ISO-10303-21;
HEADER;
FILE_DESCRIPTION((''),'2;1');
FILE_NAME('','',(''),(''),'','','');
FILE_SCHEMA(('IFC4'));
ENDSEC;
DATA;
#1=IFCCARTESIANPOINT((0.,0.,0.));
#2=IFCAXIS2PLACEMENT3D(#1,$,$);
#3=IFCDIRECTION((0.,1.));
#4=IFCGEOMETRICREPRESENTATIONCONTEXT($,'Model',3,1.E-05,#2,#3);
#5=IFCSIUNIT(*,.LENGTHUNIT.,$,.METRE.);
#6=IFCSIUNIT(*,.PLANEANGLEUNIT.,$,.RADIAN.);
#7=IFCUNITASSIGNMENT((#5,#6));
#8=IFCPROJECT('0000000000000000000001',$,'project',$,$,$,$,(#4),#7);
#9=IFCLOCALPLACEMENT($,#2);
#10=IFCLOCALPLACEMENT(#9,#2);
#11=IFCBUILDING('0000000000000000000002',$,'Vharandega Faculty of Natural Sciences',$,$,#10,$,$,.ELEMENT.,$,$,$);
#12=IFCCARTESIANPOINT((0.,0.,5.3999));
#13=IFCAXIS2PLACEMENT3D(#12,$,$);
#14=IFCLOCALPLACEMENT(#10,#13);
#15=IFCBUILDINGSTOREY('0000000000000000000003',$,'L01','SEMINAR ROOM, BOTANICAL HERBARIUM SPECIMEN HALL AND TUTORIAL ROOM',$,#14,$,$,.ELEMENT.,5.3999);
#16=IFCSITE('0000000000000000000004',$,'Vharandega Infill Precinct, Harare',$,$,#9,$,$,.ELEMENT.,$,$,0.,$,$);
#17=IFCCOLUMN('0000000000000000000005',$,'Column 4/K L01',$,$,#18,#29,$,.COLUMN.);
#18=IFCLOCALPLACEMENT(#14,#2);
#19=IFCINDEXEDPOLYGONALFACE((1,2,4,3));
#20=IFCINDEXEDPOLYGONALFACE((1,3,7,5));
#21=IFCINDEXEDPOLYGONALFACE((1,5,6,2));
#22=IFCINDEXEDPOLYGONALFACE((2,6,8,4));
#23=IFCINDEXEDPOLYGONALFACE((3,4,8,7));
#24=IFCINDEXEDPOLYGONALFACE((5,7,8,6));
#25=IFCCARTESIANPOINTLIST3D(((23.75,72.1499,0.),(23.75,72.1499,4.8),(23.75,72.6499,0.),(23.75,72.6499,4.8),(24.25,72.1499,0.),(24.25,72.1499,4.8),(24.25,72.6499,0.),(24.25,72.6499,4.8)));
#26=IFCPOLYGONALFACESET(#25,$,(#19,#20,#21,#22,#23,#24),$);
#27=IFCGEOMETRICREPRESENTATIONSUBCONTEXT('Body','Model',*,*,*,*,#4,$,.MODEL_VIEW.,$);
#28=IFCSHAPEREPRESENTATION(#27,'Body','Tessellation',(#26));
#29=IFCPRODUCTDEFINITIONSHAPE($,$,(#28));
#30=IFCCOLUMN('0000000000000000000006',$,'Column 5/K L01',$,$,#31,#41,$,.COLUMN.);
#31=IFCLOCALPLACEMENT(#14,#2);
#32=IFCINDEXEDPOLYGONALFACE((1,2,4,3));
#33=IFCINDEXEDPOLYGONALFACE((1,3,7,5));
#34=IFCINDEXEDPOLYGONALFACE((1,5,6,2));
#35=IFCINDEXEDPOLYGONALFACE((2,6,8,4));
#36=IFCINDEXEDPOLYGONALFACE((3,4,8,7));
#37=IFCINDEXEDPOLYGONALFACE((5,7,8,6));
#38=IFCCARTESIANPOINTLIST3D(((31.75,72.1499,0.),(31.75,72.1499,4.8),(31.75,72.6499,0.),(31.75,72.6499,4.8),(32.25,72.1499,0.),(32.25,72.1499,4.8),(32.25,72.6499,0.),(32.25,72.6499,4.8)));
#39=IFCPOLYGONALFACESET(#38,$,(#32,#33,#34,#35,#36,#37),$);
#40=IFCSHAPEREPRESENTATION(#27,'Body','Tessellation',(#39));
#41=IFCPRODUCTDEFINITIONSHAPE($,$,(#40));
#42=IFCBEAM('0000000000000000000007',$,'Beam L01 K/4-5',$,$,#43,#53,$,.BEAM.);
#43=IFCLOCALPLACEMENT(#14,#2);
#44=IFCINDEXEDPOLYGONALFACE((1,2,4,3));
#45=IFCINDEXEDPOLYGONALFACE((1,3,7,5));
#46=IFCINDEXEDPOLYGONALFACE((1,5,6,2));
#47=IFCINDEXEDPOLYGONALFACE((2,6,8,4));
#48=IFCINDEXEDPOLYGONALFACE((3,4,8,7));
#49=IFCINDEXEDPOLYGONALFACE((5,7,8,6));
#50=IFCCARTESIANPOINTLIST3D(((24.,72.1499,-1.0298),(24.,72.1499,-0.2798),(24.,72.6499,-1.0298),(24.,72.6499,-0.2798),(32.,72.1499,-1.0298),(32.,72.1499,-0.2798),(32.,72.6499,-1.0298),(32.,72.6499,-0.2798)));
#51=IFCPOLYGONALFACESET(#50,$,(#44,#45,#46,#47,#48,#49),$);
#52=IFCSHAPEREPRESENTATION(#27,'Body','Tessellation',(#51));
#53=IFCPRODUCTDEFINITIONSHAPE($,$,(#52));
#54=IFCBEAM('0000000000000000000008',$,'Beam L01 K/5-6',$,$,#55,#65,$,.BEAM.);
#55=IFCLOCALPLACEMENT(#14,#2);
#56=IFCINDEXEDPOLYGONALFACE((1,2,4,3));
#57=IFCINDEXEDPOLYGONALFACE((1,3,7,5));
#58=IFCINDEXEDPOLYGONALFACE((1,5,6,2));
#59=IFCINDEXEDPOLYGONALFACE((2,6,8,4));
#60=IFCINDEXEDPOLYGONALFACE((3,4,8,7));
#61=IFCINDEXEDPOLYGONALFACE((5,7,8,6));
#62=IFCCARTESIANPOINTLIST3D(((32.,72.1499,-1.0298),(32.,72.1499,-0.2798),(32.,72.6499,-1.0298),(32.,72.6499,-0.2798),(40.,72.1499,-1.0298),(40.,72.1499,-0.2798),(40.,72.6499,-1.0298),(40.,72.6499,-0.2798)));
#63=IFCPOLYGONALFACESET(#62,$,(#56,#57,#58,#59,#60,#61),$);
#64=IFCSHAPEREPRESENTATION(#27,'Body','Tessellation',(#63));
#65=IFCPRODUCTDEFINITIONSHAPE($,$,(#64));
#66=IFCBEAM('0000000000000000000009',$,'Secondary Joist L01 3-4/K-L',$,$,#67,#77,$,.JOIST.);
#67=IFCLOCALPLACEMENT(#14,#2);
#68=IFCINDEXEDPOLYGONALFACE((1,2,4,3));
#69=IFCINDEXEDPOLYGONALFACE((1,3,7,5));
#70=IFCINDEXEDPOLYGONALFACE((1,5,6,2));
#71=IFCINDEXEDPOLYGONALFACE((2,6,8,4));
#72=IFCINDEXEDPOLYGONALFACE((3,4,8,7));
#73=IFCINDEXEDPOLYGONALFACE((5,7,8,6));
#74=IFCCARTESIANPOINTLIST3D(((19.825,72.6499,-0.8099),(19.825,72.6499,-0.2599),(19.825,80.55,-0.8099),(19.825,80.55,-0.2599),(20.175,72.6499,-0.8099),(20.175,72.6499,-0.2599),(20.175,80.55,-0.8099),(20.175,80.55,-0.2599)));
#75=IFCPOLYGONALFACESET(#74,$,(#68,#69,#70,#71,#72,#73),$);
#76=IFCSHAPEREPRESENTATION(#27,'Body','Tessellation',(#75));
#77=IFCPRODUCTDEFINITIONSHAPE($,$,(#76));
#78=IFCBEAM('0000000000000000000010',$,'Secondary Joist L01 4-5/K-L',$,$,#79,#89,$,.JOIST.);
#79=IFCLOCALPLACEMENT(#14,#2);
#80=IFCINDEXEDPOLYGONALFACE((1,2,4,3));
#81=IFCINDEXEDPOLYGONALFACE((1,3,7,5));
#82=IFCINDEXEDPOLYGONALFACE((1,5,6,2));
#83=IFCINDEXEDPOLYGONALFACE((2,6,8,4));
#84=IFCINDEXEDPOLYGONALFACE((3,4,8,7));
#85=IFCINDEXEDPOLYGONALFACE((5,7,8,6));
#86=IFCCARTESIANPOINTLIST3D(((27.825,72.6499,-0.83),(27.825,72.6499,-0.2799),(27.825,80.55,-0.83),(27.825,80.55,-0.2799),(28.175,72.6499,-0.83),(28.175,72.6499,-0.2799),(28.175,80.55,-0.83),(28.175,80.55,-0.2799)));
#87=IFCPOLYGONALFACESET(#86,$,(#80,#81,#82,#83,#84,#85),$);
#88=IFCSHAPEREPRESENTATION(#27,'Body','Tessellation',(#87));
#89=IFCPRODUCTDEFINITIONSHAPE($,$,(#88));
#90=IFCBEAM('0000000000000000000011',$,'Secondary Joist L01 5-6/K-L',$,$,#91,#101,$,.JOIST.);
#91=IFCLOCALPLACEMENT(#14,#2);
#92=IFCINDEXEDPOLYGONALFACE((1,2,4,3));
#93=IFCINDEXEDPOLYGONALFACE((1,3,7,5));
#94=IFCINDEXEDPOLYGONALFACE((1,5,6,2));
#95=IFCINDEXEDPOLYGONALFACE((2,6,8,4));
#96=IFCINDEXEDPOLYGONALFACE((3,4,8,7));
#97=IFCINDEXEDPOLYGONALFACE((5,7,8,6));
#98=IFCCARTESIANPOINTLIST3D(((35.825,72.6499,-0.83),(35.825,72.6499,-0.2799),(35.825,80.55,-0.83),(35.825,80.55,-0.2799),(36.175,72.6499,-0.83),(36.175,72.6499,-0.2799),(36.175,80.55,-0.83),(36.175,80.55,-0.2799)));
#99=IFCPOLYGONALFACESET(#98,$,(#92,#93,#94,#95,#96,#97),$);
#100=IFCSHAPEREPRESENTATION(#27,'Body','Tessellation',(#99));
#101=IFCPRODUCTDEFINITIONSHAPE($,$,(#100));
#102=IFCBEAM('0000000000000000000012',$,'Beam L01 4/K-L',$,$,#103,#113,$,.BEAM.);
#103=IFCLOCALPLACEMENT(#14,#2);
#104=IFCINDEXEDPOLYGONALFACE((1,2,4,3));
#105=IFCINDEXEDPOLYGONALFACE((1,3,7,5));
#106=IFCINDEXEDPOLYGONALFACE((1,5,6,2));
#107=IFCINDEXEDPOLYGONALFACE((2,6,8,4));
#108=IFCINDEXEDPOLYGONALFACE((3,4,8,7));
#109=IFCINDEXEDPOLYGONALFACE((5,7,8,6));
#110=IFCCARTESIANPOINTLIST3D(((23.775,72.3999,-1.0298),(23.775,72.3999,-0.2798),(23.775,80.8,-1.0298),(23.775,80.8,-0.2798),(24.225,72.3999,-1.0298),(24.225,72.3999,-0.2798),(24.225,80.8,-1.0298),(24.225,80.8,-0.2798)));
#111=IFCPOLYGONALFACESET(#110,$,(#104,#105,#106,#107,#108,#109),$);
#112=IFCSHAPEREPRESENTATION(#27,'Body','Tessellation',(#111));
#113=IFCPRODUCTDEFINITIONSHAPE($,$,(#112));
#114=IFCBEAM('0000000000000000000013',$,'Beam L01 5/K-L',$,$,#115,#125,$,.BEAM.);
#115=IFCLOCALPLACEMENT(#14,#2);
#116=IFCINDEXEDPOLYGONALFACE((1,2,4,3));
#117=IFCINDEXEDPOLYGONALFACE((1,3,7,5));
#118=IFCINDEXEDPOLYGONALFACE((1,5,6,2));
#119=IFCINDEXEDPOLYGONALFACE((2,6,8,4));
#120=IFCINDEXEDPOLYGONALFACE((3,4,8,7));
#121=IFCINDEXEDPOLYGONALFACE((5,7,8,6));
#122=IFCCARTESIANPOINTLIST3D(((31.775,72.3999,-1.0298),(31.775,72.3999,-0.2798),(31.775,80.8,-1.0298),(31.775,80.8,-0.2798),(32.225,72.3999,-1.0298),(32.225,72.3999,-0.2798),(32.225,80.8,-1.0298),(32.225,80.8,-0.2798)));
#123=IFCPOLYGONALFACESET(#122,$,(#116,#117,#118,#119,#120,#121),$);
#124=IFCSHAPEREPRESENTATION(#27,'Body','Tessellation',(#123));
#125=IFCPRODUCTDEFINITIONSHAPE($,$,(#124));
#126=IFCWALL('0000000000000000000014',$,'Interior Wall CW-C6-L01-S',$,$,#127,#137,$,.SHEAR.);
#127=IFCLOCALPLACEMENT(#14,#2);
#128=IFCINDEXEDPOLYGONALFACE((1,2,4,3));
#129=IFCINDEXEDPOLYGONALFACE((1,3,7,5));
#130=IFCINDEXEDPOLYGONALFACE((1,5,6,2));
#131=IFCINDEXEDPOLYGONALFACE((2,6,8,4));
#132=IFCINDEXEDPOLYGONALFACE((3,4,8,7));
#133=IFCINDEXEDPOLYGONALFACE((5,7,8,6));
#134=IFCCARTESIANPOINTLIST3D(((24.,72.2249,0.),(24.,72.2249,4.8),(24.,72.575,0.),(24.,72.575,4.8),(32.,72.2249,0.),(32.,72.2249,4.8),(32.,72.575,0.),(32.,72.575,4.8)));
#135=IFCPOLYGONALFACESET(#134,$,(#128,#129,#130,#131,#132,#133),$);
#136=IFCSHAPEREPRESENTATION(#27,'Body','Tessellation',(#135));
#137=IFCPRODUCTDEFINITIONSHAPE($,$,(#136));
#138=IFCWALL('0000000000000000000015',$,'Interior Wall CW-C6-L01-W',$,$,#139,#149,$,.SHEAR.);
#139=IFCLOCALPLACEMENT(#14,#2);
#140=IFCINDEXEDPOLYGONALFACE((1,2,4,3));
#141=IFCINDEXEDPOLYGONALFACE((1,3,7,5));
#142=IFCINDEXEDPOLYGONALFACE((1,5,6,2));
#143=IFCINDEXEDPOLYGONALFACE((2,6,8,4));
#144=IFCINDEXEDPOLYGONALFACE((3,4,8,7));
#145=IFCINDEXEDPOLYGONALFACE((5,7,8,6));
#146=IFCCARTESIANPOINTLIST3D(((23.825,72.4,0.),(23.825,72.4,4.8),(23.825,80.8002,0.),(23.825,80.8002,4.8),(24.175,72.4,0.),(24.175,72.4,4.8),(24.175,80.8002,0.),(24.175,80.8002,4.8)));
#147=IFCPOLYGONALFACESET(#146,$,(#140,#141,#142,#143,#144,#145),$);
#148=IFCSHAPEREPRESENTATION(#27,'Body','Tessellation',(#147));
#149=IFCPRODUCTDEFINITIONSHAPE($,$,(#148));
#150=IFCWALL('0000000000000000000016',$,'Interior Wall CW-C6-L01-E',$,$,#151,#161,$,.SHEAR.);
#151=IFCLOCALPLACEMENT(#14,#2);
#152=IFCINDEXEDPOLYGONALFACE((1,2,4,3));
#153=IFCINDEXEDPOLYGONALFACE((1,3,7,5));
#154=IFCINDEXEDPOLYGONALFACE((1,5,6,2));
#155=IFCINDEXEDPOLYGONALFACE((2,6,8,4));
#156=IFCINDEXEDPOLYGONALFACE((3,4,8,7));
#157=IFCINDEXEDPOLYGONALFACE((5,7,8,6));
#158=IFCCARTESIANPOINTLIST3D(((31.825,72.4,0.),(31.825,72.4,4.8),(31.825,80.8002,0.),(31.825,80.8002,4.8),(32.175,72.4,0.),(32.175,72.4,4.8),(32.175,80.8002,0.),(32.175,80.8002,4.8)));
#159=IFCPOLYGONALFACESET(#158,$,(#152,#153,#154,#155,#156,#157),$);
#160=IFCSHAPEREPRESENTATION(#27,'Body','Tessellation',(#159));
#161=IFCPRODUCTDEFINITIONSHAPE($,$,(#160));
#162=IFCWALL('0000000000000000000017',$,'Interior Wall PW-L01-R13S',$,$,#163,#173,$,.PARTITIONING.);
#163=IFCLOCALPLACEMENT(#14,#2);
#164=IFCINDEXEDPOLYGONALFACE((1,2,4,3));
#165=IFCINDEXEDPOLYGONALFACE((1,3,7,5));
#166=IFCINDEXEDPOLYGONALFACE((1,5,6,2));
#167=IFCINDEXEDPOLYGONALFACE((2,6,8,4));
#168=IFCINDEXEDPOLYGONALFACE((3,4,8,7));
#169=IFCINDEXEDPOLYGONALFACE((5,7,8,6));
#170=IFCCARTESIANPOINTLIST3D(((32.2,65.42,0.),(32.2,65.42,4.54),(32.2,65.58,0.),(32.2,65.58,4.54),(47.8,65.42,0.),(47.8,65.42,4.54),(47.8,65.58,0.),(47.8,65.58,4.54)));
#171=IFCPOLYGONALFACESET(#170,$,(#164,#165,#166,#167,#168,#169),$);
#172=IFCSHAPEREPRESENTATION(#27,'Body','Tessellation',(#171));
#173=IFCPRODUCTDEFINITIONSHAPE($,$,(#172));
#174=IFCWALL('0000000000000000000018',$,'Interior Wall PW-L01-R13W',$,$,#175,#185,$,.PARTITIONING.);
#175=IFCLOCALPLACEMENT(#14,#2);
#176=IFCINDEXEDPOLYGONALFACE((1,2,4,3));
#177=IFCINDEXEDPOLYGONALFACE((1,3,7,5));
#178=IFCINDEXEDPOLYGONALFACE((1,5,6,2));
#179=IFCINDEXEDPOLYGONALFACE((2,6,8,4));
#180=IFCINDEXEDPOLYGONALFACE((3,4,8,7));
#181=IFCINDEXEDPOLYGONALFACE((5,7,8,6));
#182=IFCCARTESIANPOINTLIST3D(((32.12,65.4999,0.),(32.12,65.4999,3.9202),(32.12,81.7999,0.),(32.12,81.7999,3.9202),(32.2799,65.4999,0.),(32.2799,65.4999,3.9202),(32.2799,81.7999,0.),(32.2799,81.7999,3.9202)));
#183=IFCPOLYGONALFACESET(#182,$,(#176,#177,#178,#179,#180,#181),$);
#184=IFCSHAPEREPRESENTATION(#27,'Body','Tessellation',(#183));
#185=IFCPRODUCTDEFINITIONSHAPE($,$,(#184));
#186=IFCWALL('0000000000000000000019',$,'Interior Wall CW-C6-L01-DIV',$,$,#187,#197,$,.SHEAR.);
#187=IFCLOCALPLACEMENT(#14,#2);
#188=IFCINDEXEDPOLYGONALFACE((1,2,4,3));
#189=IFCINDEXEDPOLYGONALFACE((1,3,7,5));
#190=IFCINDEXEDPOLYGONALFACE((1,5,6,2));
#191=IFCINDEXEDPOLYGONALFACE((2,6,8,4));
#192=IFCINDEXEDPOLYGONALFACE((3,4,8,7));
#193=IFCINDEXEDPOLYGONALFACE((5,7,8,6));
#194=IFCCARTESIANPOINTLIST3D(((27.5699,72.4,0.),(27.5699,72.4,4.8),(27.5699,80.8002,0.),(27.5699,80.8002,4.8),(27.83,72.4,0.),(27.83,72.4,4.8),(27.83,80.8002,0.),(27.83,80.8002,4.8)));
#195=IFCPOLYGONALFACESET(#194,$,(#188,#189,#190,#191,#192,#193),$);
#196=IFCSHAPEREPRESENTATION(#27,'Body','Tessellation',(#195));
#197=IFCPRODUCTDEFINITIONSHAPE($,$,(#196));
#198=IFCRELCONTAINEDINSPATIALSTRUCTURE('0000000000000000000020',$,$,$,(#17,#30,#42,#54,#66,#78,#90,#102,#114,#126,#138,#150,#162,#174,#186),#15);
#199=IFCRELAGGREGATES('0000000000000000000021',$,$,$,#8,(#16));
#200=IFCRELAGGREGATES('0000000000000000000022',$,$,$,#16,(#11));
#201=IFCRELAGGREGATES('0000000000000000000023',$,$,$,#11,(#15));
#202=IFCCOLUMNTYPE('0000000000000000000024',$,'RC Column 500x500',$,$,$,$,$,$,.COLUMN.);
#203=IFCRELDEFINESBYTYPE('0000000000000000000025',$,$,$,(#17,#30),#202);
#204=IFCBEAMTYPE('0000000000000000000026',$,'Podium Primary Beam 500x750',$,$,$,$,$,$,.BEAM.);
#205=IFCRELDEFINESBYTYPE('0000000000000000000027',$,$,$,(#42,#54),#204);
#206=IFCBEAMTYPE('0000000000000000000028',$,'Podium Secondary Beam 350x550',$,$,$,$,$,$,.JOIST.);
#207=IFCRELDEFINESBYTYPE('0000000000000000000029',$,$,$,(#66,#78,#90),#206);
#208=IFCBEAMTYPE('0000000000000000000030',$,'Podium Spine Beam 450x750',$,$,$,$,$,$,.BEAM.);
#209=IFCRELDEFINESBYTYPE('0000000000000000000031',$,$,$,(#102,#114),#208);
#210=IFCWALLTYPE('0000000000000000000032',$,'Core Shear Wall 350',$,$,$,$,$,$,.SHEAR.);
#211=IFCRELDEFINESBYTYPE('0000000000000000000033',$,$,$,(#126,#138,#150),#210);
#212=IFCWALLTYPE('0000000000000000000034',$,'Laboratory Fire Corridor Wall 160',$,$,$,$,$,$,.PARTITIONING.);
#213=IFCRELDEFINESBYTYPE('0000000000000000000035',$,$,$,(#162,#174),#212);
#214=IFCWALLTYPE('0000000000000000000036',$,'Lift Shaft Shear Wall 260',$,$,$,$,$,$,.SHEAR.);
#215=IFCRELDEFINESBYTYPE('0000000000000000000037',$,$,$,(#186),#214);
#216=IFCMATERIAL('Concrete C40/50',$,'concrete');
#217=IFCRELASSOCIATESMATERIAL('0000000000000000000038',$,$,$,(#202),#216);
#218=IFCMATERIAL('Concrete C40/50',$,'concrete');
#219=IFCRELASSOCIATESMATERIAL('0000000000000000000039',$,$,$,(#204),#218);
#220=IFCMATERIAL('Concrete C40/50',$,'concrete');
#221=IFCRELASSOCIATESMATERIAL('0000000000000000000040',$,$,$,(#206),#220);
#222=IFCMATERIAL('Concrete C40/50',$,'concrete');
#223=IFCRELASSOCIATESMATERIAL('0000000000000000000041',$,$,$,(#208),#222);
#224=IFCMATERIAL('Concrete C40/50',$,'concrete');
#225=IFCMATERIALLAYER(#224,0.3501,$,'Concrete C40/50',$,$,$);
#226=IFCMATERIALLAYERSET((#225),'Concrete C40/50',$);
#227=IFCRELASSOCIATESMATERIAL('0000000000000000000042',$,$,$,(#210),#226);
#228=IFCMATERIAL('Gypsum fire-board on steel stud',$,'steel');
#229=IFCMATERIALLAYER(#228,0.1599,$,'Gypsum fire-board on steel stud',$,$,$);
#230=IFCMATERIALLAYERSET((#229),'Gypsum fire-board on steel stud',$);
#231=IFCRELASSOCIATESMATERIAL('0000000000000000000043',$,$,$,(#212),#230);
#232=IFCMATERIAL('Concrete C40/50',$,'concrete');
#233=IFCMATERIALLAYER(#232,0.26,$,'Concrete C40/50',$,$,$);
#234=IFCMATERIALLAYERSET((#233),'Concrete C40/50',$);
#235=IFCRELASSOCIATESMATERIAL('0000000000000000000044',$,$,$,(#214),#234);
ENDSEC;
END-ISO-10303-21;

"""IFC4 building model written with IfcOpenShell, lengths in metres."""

from ifc_helpers import new_model, si_unit, direction, frame, frame_2d, origin, origin_2d, place, context, subcontext, project, spatial, rectangle, extrude, material, layer, layer_set, material_profile, profile_set, type_object, element, save


model = new_model("IFC4")

# Units and contexts
model_context = context("Model", 3, precision=1e-05, world=origin(), true_north=direction((0.0, 1.0)))
body_context = subcontext(model_context, "Body", "Model", "MODEL_VIEW")
ifc_project = project(units=[si_unit("LENGTHUNIT", "METRE"), si_unit("PLANEANGLEUNIT", "RADIAN")], contexts=[model_context])

# Site, building, storey
site_placement = place(None, origin())
site = spatial("IfcSite", under=ifc_project, at=site_placement, Name="Vharandega Infill Precinct, Harare", CompositionType="ELEMENT", RefElevation=0.0)
building_placement = place(site_placement, origin())
building = spatial("IfcBuilding", under=site, at=building_placement, Name="Vharandega Faculty of Natural Sciences", CompositionType="ELEMENT")
storey_placement = place(building_placement, frame((0.0, 0.0, 5.3999)))
storey = spatial("IfcBuildingStorey", under=building, at=storey_placement, Name="L01", Description="SEMINAR ROOM, BOTANICAL HERBARIUM SPECIMEN HALL AND TUTORIAL ROOM", CompositionType="ELEMENT", Elevation=5.3999)

# Columns
ifc_material_1 = material(Name="Concrete C40/50", Category="concrete")
ifc_material_profile_1 = material_profile(ifc_material_1, rectangle(XDim=0.5, YDim=0.5, at=origin_2d()), Name="RC 500x500")
ifc_profile_set_1 = profile_set([ifc_material_profile_1], Name="Concrete C40/50")
column_type = type_object("IfcColumnType", Name="RC Column 500x500", PredefinedType="COLUMN", material=ifc_profile_set_1)
for number, where, z_axis, x_axis, name in (
    (1, (24.0, 72.3999, 0.0), (0.0, 0.0, 1.0), (1.0, 0.0, 0.0), "Column 4/K L01"),
    (2, (32.0, 72.3999, 0.0), (0.0, 0.0, 1.0), (1.0, 0.0, 0.0), "Column 5/K L01"),
):
    element("IfcColumn", number, at=place(storey_placement, frame(where, z_axis=z_axis, x_axis=x_axis)), inside=storey, type_object=column_type, Name=name, PredefinedType="COLUMN", context=body_context, shape_type="SweptSolid", body=[
        extrude(rectangle(XDim=0.5, YDim=0.5, at=origin_2d()), origin(), (0.0, 0.0, 1.0), 4.8),
    ])

# Beams
ifc_material_2 = material(Name="Concrete C40/50", Category="concrete")
ifc_material_profile_2 = material_profile(ifc_material_2, rectangle(XDim=0.5, YDim=0.75, at=origin_2d()), Name="RC 500x750")
ifc_profile_set_2 = profile_set([ifc_material_profile_2], Name="Concrete C40/50")
beam_type_1 = type_object("IfcBeamType", Name="Podium Primary Beam 500x750", PredefinedType="BEAM", material=ifc_profile_set_2)
for number, where, z_axis, x_axis, name in (
    (3, (24.0, 72.3999, -0.6548), (1.0, 0.0, 0.0), (0.0, 1.0, 0.0), "Beam L01 K/4-5"),
    (4, (32.0, 72.3999, -0.6548), (1.0, 0.0, 0.0), (0.0, 1.0, 0.0), "Beam L01 K/5-6"),
):
    element("IfcBeam", number, at=place(storey_placement, frame(where, z_axis=z_axis, x_axis=x_axis)), inside=storey, type_object=beam_type_1, Name=name, PredefinedType="BEAM", context=body_context, shape_type="SweptSolid", body=[
        extrude(rectangle(XDim=0.5, YDim=0.75, at=origin_2d()), origin(), (0.0, 0.0, 1.0), 8.0),
    ])
ifc_material_3 = material(Name="Concrete C40/50", Category="concrete")
ifc_material_profile_3 = material_profile(ifc_material_3, rectangle(XDim=0.3501, YDim=0.55, at=origin_2d()), Name="RC 350x550")
ifc_profile_set_3 = profile_set([ifc_material_profile_3], Name="Concrete C40/50")
beam_type_2 = type_object("IfcBeamType", Name="Podium Secondary Beam 350x550", PredefinedType="JOIST", material=ifc_profile_set_3)
for number, where, z_axis, x_axis, name in (
    (5, (20.0, 72.6499, -0.5349), (0.0, 1.0, 0.0), (-1.0, 0.0, 0.0), "Secondary Joist L01 3-4/K-L"),
    (6, (28.0, 72.6499, -0.5549), (0.0, 1.0, 0.0), (-1.0, 0.0, 0.0), "Secondary Joist L01 4-5/K-L"),
    (7, (36.0, 72.6499, -0.5549), (0.0, 1.0, 0.0), (-1.0, 0.0, 0.0), "Secondary Joist L01 5-6/K-L"),
):
    element("IfcBeam", number, at=place(storey_placement, frame(where, z_axis=z_axis, x_axis=x_axis)), inside=storey, type_object=beam_type_2, Name=name, PredefinedType="JOIST", context=body_context, shape_type="SweptSolid", body=[
        extrude(rectangle(XDim=0.3501, YDim=0.55, at=origin_2d()), origin(), (0.0, 0.0, 1.0), 7.9001),
    ])
ifc_material_4 = material(Name="Concrete C40/50", Category="concrete")
ifc_material_profile_4 = material_profile(ifc_material_4, rectangle(XDim=0.45, YDim=0.75, at=origin_2d()), Name="RC 450x750")
ifc_profile_set_4 = profile_set([ifc_material_profile_4], Name="Concrete C40/50")
beam_type_3 = type_object("IfcBeamType", Name="Podium Spine Beam 450x750", PredefinedType="BEAM", material=ifc_profile_set_4)
for number, where, z_axis, x_axis, name in (
    (8, (24.0, 72.3999, -0.6548), (0.0, 1.0, 0.0), (-1.0, 0.0, 0.0), "Beam L01 4/K-L"),
    (9, (32.0, 72.3999, -0.6548), (0.0, 1.0, 0.0), (-1.0, 0.0, 0.0), "Beam L01 5/K-L"),
):
    element("IfcBeam", number, at=place(storey_placement, frame(where, z_axis=z_axis, x_axis=x_axis)), inside=storey, type_object=beam_type_3, Name=name, PredefinedType="BEAM", context=body_context, shape_type="SweptSolid", body=[
        extrude(rectangle(XDim=0.45, YDim=0.75, at=origin_2d()), origin(), (0.0, 0.0, 1.0), 8.4001),
    ])

# Walls
ifc_material_5 = material(Name="Concrete C40/50", Category="concrete")
ifc_layer_1 = layer(ifc_material_5, 0.3501, Name="Concrete C40/50")
ifc_layer_set_1 = layer_set([ifc_layer_1], Name="Concrete C40/50")
wall_type_1 = type_object("IfcWallType", Name="Core Shear Wall 350", PredefinedType="SHEAR", material=ifc_layer_set_1)
wall_1_placement = place(storey_placement, frame((24.0, 72.3999, 0.0), z_axis=(0.0, 0.0, 1.0), x_axis=(1.0, 0.0, 0.0)))
element("IfcWall", 10, at=wall_1_placement, inside=storey, type_object=wall_type_1, Name="Interior Wall CW-C6-L01-S", PredefinedType="SHEAR", context=body_context, shape_type="SweptSolid", body=[
    extrude(rectangle(XDim=8.0, YDim=0.3501, at=frame_2d((4.0, 0.0))), origin(), (0.0, 0.0, 1.0), 4.8),
])
for number, where, z_axis, x_axis, name in (
    (11, (24.0, 72.3999, 0.0), (0.0, 0.0, 1.0), (0.0, 1.0, 0.0), "Interior Wall CW-C6-L01-W"),
    (12, (32.0, 72.3999, 0.0), (0.0, 0.0, 1.0), (0.0, 1.0, 0.0), "Interior Wall CW-C6-L01-E"),
):
    element("IfcWall", number, at=place(storey_placement, frame(where, z_axis=z_axis, x_axis=x_axis)), inside=storey, type_object=wall_type_1, Name=name, PredefinedType="SHEAR", context=body_context, shape_type="SweptSolid", body=[
        extrude(rectangle(XDim=8.4001, YDim=0.3501, at=frame_2d((4.2002, 0.0))), origin(), (0.0, 0.0, 1.0), 4.8),
    ])
ifc_material_6 = material(Name="Gypsum fire-board on steel stud", Category="steel")
ifc_layer_2 = layer(ifc_material_6, 0.1599, Name="Gypsum fire-board on steel stud")
ifc_layer_set_2 = layer_set([ifc_layer_2], Name="Gypsum fire-board on steel stud")
wall_type_2 = type_object("IfcWallType", Name="Laboratory Fire Corridor Wall 160", PredefinedType="PARTITIONING", material=ifc_layer_set_2)
wall_2_placement = place(storey_placement, frame((32.2, 65.5, 0.0), z_axis=(0.0, 0.0, 1.0), x_axis=(1.0, 0.0, 0.0)))
element("IfcWall", 13, at=wall_2_placement, inside=storey, type_object=wall_type_2, Name="Interior Wall PW-L01-R13S", PredefinedType="PARTITIONING", context=body_context, shape_type="SweptSolid", body=[
    extrude(rectangle(XDim=15.6001, YDim=0.1599, at=frame_2d((7.8, 0.0))), origin(), (0.0, 0.0, 1.0), 4.54),
])
wall_3_placement = place(storey_placement, frame((32.2, 65.5, 0.0), z_axis=(0.0, 0.0, 1.0), x_axis=(0.0, 1.0, 0.0)))
element("IfcWall", 14, at=wall_3_placement, inside=storey, type_object=wall_type_2, Name="Interior Wall PW-L01-R13W", PredefinedType="PARTITIONING", context=body_context, shape_type="SweptSolid", body=[
    extrude(rectangle(XDim=16.3, YDim=0.1599, at=frame_2d((8.1499, 0.0))), origin(), (0.0, 0.0, 1.0), 3.9202),
])
ifc_material_7 = material(Name="Concrete C40/50", Category="concrete")
ifc_layer_3 = layer(ifc_material_7, 0.26, Name="Concrete C40/50")
ifc_layer_set_3 = layer_set([ifc_layer_3], Name="Concrete C40/50")
wall_type_3 = type_object("IfcWallType", Name="Lift Shaft Shear Wall 260", PredefinedType="SHEAR", material=ifc_layer_set_3)
wall_4_placement = place(storey_placement, frame((27.7, 72.3999, 0.0), z_axis=(0.0, 0.0, 1.0), x_axis=(0.0, 1.0, 0.0)))
element("IfcWall", 15, at=wall_4_placement, inside=storey, type_object=wall_type_3, Name="Interior Wall CW-C6-L01-DIV", PredefinedType="SHEAR", context=body_context, shape_type="SweptSolid", body=[
    extrude(rectangle(XDim=8.4001, YDim=0.26, at=frame_2d((4.2002, 0.0))), origin(), (0.0, 0.0, 1.0), 4.8),
])

save(model, "model.ifc")
